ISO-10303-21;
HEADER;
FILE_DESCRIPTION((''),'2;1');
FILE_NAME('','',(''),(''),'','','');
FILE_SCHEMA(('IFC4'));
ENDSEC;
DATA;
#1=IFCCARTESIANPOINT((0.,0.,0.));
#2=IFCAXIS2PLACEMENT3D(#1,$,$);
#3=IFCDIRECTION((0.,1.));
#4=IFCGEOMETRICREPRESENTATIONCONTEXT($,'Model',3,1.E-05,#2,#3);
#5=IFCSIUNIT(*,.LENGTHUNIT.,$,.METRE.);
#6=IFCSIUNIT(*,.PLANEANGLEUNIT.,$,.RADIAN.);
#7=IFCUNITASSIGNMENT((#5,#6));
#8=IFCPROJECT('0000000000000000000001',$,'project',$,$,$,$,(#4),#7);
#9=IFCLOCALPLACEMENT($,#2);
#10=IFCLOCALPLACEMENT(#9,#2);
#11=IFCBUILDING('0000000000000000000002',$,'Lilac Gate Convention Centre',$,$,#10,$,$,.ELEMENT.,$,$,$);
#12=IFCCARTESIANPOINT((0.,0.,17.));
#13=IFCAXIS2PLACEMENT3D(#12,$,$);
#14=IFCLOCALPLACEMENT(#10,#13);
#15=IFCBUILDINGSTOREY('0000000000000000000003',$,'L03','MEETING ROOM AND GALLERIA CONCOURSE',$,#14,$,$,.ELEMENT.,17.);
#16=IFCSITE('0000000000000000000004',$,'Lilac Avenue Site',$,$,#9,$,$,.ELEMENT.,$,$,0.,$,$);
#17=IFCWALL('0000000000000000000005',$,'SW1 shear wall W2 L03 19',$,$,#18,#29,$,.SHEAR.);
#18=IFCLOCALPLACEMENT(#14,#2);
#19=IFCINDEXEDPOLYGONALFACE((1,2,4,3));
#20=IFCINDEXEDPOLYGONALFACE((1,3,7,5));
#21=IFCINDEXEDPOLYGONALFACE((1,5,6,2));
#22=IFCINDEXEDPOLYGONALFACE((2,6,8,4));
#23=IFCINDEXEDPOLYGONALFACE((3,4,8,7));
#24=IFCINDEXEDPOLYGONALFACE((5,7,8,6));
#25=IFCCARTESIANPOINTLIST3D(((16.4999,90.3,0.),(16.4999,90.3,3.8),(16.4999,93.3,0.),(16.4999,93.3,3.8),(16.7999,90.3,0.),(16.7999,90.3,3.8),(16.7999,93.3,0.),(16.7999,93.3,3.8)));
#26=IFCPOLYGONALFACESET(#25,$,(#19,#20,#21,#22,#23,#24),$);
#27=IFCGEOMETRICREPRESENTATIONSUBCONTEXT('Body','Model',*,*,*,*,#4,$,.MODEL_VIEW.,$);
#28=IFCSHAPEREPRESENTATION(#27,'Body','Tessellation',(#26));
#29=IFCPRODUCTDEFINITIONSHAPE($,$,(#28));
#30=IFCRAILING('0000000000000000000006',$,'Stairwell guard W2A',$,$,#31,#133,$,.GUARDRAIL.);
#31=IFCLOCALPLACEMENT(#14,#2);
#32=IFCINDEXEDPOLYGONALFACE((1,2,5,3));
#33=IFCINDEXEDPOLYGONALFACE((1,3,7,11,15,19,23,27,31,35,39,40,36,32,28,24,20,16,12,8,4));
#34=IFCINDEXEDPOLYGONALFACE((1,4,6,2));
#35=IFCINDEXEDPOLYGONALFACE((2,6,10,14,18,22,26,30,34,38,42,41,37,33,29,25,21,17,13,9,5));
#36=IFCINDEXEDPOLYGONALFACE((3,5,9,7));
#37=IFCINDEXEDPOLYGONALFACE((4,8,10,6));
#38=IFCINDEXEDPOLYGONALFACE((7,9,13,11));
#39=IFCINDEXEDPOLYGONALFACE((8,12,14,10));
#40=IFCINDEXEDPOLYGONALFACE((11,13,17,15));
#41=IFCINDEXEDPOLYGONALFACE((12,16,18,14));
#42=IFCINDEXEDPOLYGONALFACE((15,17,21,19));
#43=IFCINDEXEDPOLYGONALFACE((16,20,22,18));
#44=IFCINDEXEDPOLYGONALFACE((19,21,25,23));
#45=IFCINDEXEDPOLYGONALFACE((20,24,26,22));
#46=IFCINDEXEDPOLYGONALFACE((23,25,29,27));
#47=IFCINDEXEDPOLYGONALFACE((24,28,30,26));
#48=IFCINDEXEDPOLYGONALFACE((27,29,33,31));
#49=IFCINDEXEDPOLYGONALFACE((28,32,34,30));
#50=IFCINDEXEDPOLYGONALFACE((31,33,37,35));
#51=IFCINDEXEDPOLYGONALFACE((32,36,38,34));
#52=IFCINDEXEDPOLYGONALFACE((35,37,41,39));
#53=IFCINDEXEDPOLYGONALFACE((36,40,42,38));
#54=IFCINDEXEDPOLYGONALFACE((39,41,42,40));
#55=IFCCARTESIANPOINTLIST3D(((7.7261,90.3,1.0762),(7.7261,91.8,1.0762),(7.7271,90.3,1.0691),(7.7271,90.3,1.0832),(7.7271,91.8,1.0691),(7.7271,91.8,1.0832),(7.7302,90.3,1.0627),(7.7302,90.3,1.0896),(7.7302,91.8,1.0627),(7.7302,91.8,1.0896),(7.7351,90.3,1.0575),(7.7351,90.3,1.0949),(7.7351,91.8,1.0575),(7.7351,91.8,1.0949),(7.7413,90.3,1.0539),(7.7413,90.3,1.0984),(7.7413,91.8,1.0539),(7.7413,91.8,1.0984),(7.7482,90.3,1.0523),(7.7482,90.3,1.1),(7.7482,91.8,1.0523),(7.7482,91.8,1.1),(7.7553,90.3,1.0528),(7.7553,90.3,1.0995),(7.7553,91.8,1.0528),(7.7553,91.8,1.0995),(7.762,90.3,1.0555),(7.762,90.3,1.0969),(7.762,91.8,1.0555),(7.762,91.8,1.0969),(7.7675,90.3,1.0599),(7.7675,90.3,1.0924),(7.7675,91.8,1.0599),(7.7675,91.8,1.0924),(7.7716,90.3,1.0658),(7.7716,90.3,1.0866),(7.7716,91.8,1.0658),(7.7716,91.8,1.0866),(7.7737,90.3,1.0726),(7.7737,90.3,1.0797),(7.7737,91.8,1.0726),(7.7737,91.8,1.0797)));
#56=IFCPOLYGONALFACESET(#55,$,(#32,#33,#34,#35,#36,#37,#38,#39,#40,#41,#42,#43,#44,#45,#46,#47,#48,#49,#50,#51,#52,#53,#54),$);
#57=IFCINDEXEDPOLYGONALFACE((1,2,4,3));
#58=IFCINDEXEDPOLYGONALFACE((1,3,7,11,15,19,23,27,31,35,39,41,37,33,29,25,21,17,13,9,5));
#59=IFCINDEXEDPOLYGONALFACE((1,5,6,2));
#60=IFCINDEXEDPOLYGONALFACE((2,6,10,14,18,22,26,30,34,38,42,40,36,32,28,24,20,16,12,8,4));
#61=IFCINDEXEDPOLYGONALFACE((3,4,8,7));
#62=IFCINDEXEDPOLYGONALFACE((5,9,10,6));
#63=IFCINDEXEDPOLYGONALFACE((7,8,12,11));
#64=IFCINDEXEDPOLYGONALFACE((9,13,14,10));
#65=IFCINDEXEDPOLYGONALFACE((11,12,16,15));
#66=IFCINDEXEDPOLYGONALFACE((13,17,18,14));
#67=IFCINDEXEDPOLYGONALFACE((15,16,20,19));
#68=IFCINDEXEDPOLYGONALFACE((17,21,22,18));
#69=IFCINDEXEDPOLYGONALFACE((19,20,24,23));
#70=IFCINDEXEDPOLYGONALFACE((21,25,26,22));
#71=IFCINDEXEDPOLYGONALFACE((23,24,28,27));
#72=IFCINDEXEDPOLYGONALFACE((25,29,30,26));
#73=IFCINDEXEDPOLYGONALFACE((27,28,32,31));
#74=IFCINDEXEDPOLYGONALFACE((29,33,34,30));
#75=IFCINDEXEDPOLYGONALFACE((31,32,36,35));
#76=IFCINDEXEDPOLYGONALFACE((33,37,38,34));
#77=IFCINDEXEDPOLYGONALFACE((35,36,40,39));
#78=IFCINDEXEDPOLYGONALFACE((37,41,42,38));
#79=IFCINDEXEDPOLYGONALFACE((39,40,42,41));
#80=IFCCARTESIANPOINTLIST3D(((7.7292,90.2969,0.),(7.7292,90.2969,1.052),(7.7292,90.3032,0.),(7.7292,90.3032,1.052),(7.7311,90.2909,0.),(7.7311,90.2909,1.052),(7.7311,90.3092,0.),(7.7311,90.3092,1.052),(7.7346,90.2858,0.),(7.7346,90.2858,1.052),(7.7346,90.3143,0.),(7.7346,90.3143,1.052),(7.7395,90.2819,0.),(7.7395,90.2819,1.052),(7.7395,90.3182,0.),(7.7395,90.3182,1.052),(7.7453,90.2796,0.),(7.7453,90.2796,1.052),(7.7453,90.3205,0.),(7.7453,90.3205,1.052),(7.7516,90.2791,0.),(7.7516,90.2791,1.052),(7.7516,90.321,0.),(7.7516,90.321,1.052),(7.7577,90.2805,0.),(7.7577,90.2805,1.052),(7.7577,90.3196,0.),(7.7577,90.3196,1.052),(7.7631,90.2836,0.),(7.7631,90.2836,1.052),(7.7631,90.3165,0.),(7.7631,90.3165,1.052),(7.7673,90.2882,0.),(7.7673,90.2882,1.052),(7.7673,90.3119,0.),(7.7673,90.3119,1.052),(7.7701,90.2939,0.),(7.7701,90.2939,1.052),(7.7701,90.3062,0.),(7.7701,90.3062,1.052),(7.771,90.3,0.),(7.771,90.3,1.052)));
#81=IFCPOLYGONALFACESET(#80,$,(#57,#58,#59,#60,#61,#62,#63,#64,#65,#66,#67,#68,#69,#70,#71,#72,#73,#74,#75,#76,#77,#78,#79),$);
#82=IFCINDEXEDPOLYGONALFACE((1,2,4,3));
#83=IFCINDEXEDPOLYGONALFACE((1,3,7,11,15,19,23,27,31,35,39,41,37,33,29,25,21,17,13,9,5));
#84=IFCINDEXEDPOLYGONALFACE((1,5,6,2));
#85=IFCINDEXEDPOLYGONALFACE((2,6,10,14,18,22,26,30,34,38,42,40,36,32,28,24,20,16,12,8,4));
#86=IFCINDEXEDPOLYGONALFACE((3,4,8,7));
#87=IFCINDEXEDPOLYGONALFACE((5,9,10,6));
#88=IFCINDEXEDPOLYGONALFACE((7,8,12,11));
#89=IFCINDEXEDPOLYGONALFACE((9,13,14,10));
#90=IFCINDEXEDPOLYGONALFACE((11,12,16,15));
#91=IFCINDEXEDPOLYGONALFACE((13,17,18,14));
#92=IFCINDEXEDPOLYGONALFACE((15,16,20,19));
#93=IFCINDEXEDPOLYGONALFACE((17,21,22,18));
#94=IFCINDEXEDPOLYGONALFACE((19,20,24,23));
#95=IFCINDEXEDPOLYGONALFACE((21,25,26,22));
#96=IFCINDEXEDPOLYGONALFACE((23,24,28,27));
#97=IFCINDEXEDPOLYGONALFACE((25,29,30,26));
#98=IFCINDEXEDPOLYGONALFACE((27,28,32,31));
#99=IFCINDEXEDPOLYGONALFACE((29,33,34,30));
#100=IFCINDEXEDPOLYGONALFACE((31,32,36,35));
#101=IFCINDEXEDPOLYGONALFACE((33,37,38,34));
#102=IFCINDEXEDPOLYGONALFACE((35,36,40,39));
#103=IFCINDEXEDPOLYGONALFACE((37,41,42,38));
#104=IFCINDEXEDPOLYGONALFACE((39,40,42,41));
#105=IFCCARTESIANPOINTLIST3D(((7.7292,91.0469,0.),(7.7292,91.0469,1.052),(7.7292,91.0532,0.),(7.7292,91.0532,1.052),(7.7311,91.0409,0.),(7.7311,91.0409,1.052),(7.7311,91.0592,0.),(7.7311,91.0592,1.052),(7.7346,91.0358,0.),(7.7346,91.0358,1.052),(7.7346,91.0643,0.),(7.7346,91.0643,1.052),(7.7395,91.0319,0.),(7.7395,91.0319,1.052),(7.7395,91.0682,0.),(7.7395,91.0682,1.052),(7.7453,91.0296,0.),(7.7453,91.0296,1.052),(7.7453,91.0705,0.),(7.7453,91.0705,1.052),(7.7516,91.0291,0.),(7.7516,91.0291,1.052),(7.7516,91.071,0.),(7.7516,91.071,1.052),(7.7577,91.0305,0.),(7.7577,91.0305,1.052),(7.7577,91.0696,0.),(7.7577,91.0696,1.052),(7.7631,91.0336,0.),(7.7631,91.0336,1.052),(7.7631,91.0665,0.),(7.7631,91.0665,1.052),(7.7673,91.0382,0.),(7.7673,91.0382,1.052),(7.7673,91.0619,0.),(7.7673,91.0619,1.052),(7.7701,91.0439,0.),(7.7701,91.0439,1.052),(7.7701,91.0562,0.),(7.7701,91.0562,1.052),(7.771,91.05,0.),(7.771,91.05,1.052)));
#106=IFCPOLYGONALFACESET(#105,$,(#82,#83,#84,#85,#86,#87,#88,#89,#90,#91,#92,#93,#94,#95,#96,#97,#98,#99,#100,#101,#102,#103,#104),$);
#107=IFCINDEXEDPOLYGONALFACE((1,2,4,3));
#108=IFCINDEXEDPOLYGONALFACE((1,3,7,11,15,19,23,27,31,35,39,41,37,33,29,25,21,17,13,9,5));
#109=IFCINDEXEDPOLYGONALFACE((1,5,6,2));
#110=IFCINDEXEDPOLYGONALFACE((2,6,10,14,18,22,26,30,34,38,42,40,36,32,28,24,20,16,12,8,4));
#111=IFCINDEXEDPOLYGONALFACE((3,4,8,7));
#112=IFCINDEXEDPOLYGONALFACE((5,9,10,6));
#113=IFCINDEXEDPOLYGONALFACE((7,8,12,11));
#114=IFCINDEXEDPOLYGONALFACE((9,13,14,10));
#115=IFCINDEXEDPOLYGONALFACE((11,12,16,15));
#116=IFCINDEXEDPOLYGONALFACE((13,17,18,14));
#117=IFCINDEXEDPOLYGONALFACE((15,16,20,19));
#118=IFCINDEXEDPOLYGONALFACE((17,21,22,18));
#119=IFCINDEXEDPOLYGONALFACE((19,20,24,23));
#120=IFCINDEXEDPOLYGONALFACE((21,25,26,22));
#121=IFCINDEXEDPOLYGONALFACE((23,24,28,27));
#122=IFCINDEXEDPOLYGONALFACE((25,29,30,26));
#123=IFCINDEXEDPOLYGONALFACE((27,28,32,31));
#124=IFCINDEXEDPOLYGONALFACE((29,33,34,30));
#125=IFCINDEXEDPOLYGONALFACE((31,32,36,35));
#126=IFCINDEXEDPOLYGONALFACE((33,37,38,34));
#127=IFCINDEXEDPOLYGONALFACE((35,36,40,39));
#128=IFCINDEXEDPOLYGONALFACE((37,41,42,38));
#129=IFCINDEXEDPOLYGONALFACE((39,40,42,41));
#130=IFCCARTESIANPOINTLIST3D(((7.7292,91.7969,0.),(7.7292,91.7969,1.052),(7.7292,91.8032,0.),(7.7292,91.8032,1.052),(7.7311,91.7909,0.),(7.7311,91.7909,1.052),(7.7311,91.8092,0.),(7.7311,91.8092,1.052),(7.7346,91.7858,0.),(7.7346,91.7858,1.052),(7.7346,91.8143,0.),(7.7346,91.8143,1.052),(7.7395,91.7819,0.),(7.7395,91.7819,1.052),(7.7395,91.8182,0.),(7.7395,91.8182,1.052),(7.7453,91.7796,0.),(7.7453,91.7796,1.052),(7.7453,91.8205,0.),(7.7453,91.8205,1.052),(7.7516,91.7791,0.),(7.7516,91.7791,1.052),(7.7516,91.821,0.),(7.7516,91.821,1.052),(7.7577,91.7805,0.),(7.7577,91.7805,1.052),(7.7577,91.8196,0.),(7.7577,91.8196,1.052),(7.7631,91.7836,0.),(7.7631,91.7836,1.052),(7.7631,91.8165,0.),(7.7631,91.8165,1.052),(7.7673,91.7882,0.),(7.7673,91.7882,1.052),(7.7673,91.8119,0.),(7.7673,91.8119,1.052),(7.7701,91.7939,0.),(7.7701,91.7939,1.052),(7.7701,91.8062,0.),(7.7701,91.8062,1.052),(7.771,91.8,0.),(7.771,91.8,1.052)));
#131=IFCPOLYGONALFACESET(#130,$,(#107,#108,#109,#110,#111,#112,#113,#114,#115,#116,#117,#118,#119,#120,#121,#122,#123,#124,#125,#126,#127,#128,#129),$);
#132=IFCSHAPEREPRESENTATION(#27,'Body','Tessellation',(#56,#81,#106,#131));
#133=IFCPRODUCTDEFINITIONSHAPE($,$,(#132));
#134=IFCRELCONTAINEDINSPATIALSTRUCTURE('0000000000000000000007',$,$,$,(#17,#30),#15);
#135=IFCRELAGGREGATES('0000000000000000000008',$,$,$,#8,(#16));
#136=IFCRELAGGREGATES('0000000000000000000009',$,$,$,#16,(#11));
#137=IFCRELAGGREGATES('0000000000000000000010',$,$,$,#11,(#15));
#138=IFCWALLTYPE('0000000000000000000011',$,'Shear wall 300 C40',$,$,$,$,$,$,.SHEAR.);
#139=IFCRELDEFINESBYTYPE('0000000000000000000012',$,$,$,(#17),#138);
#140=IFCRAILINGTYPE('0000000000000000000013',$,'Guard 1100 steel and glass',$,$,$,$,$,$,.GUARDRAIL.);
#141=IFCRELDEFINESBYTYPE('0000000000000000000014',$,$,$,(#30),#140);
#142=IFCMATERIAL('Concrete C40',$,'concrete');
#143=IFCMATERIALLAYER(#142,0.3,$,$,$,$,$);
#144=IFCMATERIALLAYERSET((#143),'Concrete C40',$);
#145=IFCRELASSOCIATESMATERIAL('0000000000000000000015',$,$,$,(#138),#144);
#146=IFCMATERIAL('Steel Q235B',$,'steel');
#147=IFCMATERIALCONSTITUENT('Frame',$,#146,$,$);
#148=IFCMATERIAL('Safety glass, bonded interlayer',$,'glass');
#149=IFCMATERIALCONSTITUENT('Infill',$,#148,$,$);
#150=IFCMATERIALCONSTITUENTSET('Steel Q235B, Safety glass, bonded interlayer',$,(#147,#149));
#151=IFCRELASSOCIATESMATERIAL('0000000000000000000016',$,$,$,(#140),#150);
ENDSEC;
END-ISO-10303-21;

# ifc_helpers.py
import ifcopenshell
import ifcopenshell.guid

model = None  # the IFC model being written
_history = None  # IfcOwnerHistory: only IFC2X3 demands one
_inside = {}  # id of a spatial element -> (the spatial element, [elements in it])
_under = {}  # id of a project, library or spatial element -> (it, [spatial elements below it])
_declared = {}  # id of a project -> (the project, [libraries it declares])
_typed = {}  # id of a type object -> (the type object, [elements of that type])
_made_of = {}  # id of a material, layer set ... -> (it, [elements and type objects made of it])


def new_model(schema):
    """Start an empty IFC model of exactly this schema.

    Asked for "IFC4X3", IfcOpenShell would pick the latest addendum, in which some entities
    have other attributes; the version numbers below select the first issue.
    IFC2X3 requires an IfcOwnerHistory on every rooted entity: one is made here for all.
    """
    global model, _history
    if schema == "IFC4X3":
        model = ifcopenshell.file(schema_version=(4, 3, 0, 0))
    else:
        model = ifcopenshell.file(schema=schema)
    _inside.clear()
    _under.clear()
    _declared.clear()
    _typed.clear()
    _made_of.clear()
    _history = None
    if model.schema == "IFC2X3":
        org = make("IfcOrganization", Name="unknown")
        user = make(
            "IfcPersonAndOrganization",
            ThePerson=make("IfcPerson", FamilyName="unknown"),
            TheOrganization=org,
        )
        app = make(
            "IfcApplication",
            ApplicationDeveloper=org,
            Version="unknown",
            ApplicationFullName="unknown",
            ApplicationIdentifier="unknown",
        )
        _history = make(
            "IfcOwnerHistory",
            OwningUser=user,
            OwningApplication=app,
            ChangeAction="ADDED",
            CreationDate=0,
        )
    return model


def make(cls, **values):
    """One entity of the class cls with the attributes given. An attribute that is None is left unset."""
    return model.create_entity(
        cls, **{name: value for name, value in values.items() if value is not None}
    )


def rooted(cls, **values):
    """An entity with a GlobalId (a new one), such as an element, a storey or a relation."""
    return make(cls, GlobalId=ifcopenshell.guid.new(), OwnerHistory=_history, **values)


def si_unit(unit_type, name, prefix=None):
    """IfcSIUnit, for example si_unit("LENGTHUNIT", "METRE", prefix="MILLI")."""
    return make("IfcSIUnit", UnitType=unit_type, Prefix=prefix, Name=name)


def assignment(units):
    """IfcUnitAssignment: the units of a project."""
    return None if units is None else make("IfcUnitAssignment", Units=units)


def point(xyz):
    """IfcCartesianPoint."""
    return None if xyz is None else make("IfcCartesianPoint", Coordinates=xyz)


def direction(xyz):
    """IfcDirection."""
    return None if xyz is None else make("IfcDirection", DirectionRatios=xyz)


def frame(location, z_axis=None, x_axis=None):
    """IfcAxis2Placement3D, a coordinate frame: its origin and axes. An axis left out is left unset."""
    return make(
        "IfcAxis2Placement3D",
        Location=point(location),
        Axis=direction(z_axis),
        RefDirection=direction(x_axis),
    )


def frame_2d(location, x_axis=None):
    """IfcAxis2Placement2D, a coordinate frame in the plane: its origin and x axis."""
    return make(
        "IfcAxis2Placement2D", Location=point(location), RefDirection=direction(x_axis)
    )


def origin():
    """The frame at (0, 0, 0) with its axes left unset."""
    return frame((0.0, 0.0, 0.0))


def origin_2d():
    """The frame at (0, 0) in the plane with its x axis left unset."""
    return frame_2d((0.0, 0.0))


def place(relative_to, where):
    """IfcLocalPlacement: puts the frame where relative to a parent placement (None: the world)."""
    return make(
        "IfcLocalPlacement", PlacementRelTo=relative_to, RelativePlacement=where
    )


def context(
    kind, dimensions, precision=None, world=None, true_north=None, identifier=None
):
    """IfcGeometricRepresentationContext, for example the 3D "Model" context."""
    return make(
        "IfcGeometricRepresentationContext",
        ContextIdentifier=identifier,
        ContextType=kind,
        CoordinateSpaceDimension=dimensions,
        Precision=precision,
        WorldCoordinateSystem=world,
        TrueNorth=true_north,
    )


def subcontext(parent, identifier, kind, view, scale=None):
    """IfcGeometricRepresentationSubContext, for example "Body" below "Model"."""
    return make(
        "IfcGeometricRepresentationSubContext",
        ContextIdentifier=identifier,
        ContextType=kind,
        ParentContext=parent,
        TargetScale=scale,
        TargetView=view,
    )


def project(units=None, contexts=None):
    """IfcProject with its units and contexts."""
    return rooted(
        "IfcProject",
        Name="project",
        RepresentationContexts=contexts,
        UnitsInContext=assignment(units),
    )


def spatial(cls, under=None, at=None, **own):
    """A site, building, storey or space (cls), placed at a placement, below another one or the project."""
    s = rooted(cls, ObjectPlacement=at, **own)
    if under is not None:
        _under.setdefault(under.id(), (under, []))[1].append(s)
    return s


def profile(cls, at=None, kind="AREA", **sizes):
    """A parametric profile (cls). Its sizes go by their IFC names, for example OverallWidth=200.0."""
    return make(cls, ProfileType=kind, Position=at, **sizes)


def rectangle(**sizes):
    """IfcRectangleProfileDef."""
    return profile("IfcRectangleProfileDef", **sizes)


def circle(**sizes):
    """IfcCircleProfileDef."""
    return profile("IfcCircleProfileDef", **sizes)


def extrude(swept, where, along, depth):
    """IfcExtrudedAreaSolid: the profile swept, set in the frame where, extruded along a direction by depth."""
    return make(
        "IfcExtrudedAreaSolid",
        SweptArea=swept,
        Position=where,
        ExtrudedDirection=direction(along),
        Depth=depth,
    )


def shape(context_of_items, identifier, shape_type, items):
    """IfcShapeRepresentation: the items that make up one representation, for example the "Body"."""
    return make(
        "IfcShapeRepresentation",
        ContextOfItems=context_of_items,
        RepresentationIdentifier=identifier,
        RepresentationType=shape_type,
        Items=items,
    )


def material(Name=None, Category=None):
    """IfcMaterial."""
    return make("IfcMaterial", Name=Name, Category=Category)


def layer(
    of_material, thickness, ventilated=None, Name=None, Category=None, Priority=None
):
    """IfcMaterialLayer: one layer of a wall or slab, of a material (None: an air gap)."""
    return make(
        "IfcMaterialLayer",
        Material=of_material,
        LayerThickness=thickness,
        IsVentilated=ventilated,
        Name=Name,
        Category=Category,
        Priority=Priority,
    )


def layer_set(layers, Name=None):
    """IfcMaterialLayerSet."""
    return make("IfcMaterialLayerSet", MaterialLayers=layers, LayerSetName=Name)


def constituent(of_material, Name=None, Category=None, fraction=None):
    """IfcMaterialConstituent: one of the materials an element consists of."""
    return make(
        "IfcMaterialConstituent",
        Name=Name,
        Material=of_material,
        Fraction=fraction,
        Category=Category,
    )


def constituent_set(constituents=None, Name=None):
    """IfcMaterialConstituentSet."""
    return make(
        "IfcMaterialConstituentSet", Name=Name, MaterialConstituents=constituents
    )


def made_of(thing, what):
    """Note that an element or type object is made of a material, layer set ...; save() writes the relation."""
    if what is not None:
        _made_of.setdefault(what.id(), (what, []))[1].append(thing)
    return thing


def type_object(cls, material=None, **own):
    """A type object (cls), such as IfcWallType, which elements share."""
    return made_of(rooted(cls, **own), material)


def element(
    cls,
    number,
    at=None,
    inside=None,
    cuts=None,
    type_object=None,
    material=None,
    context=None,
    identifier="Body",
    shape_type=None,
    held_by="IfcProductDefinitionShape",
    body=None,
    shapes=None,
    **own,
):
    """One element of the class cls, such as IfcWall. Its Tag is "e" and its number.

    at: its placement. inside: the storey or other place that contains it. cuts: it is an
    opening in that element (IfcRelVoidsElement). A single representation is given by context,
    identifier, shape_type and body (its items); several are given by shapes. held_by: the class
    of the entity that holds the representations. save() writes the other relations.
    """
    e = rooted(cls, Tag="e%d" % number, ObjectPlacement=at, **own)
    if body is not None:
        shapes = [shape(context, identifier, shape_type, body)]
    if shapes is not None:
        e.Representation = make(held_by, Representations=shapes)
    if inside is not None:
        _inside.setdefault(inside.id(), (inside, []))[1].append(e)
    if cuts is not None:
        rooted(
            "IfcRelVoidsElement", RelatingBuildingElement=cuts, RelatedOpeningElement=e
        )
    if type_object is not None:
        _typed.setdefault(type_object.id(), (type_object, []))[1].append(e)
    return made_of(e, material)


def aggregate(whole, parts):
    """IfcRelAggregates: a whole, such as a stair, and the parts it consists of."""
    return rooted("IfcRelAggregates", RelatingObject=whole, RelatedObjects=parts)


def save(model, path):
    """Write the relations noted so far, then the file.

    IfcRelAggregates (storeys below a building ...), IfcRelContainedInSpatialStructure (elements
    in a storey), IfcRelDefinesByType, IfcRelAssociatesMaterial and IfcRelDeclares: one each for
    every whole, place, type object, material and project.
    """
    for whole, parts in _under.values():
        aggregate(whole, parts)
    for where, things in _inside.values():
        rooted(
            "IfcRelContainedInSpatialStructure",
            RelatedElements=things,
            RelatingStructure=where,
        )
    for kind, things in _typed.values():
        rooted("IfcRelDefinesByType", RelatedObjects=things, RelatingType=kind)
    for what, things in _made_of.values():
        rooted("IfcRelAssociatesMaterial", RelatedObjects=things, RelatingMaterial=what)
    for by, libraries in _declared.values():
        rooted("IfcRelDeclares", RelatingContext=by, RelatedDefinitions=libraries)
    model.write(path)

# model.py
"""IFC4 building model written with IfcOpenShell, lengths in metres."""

from ifc_helpers import new_model, si_unit, direction, frame, frame_2d, origin, origin_2d, place, context, subcontext, project, spatial, rectangle, circle, extrude, material, layer, layer_set, constituent, constituent_set, type_object, element, save


model = new_model("IFC4")

# Units and contexts
model_context = context("Model", 3, precision=1e-05, world=origin(), true_north=direction((0.0, 1.0)))
body_context = subcontext(model_context, "Body", "Model", "MODEL_VIEW")
ifc_project = project(units=[si_unit("LENGTHUNIT", "METRE"), si_unit("PLANEANGLEUNIT", "RADIAN")], contexts=[model_context])

# Site, building, storey
site_placement = place(None, origin())
site = spatial("IfcSite", under=ifc_project, at=site_placement, Name="Lilac Avenue Site", CompositionType="ELEMENT", RefElevation=0.0)
building_placement = place(site_placement, origin())
building = spatial("IfcBuilding", under=site, at=building_placement, Name="Lilac Gate Convention Centre", CompositionType="ELEMENT")
storey_placement = place(building_placement, frame((0.0, 0.0, 17.0)))
storey = spatial("IfcBuildingStorey", under=building, at=storey_placement, Name="L03", Description="MEETING ROOM AND GALLERIA CONCOURSE", CompositionType="ELEMENT", Elevation=17.0)

# Shared definitions
ifc_material_1 = material(Name="Concrete C40", Category="concrete")

# Shared definitions
ifc_layer_1 = layer(ifc_material_1, 0.3)
ifc_layer_set_1 = layer_set([ifc_layer_1], Name="Concrete C40")
wall_type_1 = type_object("IfcWallType", Name="Shear wall 300 C40", PredefinedType="SHEAR", material=ifc_layer_set_1)

# Wall
for number, where, z_axis, x_axis, name in (
    (1, (16.6499, 90.3, 0.0), (0.0, 0.0, 1.0), (0.0, 1.0, 0.0), "SW1 shear wall W2 L03 19"),
):
    element("IfcWall", number, at=place(storey_placement, frame(where, z_axis=z_axis, x_axis=x_axis)), inside=storey, type_object=wall_type_1, Name=name, PredefinedType="SHEAR", context=body_context, shape_type="SweptSolid", body=[
        extrude(rectangle(XDim=3.0, YDim=0.3, at=frame_2d((1.5, 0.0))), origin(), (0.0, 0.0, 1.0), 3.8),
    ])

# Railing
ifc_material_2 = material(Name="Steel Q235B", Category="steel")
ifc_constituent_1 = constituent(ifc_material_2, Name="Frame")
ifc_material_3 = material(Name="Safety glass, bonded interlayer", Category="glass")
ifc_constituent_2 = constituent(ifc_material_3, Name="Infill")
ifc_constituent_set = constituent_set(constituents=[ifc_constituent_1, ifc_constituent_2], Name="Steel Q235B, Safety glass, bonded interlayer")
railing_type = type_object("IfcRailingType", Name="Guard 1100 steel and glass", PredefinedType="GUARDRAIL", material=ifc_constituent_set)
railing_placement = place(storey_placement, frame((7.75, 90.3, 0.0)))
element("IfcRailing", 2, at=railing_placement, inside=storey, type_object=railing_type, Name="Stairwell guard W2A", PredefinedType="GUARDRAIL", context=body_context, shape_type="SweptSolid", body=[
    extrude(circle(Radius=0.0239, at=origin_2d()), frame((0.0, 0.0, 1.0762), z_axis=(0.0, 1.0, 0.0), x_axis=(-1.0, 0.0, 0.0)), (0.0, 0.0, 1.0), 1.5),
    extrude(circle(Radius=0.021, at=origin_2d()), origin(), (0.0, 0.0, 1.0), 1.052),
    extrude(circle(Radius=0.021, at=origin_2d()), frame((0.0, 0.75, 0.0)), (0.0, 0.0, 1.0), 1.052),
    extrude(circle(Radius=0.021, at=origin_2d()), frame((0.0, 1.5, 0.0)), (0.0, 0.0, 1.0), 1.052),
])

save(model, "model.ifc")
